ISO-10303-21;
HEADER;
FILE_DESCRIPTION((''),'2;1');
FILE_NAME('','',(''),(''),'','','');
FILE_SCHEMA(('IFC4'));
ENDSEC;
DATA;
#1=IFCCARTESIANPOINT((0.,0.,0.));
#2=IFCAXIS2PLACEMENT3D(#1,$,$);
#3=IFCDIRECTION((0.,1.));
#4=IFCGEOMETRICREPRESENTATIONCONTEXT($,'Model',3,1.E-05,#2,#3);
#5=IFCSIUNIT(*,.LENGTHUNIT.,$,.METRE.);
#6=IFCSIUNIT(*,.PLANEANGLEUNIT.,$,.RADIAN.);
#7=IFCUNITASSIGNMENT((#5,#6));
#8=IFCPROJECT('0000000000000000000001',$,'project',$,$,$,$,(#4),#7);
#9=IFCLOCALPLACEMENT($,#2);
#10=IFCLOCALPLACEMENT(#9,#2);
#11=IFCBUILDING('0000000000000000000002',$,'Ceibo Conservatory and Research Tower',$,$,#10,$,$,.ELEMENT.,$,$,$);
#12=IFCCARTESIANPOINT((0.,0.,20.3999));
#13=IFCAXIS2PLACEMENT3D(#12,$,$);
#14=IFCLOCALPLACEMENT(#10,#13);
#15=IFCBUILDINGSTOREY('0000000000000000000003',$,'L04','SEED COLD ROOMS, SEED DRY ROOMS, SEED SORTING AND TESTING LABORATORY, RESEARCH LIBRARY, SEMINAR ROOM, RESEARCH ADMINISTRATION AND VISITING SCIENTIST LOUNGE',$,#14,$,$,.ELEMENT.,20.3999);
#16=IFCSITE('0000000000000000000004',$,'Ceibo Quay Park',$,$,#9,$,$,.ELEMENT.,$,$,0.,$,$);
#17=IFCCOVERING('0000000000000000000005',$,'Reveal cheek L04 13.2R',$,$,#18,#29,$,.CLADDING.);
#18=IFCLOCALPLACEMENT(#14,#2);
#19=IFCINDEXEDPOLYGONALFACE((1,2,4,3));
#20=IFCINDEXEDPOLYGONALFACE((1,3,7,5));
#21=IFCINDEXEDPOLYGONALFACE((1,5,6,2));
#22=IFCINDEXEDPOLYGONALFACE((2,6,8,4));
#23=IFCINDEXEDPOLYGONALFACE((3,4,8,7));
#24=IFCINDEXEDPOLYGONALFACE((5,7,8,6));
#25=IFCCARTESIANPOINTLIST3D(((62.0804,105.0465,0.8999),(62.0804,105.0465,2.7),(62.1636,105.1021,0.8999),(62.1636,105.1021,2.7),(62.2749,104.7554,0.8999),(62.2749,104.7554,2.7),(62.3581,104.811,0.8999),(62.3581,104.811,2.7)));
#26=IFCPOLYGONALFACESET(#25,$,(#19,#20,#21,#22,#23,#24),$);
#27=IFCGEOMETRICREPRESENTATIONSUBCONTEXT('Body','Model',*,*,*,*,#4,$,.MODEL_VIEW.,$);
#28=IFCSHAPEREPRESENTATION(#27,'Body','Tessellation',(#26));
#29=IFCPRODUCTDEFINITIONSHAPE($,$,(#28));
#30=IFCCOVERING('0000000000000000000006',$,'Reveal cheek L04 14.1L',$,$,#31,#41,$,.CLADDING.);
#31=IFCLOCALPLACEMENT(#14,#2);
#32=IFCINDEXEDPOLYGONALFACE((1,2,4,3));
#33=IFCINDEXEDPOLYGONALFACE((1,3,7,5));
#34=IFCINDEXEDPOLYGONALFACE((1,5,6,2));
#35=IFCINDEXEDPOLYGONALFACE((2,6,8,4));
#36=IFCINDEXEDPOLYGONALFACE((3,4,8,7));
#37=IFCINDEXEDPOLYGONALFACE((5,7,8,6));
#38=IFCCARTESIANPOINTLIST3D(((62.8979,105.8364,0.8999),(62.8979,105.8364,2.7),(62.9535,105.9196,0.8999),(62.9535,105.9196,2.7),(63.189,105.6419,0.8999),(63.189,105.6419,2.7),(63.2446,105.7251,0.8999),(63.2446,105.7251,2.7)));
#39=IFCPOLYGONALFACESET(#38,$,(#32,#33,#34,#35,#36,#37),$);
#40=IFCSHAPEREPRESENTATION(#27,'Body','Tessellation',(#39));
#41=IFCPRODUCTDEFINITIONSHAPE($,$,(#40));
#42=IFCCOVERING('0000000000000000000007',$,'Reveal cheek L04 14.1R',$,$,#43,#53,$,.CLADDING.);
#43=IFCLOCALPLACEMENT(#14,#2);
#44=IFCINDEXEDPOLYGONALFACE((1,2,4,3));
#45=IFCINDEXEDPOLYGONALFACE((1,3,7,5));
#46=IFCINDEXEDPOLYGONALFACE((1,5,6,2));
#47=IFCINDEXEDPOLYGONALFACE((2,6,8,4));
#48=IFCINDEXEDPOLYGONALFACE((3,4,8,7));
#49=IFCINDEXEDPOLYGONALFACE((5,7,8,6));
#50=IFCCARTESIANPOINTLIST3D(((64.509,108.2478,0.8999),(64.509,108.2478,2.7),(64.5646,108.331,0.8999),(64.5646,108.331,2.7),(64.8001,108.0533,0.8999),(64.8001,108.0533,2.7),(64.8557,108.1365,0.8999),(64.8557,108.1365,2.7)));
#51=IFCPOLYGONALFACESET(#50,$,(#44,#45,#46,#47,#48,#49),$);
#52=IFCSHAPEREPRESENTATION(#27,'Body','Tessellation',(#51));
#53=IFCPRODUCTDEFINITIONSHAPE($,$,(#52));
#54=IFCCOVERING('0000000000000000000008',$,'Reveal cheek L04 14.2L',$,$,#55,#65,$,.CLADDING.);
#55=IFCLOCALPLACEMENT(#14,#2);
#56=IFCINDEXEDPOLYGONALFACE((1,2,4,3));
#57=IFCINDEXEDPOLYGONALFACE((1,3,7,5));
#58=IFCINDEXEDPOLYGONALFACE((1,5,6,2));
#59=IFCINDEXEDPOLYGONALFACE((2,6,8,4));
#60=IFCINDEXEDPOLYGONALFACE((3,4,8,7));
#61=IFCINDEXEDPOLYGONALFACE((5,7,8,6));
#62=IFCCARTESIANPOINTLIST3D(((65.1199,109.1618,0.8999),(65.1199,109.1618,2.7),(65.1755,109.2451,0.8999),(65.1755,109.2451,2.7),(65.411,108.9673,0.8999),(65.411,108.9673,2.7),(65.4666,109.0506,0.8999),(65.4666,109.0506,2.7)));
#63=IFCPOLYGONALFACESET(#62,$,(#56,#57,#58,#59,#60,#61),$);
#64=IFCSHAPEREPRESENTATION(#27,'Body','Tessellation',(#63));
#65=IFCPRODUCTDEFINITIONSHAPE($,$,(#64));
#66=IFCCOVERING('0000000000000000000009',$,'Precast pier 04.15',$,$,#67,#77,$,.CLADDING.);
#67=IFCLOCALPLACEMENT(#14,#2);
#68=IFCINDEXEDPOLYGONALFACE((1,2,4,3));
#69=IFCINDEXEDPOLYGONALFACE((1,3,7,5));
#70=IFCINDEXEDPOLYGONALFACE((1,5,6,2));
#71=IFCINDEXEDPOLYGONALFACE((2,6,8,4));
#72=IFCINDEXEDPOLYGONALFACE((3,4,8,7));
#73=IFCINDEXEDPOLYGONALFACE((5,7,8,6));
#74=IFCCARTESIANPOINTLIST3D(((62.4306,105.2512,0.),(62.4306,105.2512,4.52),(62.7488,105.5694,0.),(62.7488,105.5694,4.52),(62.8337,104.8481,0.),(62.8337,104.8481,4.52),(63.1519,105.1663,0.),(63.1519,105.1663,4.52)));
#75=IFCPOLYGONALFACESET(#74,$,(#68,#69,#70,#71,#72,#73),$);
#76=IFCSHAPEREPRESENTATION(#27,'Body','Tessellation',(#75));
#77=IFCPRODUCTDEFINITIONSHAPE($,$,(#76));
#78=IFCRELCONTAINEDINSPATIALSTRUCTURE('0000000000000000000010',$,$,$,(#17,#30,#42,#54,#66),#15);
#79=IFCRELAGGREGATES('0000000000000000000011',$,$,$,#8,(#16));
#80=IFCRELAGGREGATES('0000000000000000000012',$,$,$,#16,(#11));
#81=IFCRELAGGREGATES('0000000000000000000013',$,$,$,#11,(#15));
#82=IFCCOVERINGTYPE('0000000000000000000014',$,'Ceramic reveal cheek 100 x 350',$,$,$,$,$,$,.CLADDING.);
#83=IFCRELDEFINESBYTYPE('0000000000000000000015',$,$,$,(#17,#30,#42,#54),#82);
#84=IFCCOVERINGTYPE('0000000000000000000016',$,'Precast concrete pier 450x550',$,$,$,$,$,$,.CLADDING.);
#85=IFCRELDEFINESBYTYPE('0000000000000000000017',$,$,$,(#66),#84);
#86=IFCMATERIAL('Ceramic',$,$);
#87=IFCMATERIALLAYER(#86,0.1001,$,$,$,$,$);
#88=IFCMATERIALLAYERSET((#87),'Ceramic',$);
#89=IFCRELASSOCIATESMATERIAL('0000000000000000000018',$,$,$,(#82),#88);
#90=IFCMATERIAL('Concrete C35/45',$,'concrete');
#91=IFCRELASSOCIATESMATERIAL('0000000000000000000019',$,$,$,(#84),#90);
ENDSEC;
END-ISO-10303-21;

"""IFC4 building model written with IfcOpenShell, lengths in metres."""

from ifc_helpers import new_model, si_unit, direction, frame, origin, origin_2d, place, context, subcontext, project, spatial, rectangle, extrude, material, layer, layer_set, type_object, element, save


model = new_model("IFC4")

# Units and contexts
model_context = context("Model", 3, precision=1e-05, world=origin(), true_north=direction((0.0, 1.0)))
body_context = subcontext(model_context, "Body", "Model", "MODEL_VIEW")
ifc_project = project(units=[si_unit("LENGTHUNIT", "METRE"), si_unit("PLANEANGLEUNIT", "RADIAN")], contexts=[model_context])

# Site, building, storey
site_placement = place(None, origin())
site = spatial("IfcSite", under=ifc_project, at=site_placement, Name="Ceibo Quay Park", CompositionType="ELEMENT", RefElevation=0.0)
building_placement = place(site_placement, origin())
building = spatial("IfcBuilding", under=site, at=building_placement, Name="Ceibo Conservatory and Research Tower", CompositionType="ELEMENT")
storey_placement = place(building_placement, frame((0.0, 0.0, 20.3999)))
storey = spatial("IfcBuildingStorey", under=building, at=storey_placement, Name="L04", Description="SEED COLD ROOMS, SEED DRY ROOMS, SEED SORTING AND TESTING LABORATORY, RESEARCH LIBRARY, SEMINAR ROOM, RESEARCH ADMINISTRATION AND VISITING SCIENTIST LOUNGE", CompositionType="ELEMENT", Elevation=20.3999)

# Shared definitions
ifc_material_1 = material(Name="Concrete C35/45", Category="concrete")

# Coverings
ifc_material_2 = material(Name="Ceramic")
ifc_layer_1 = layer(ifc_material_2, 0.1001)
ifc_layer_set_1 = layer_set([ifc_layer_1], Name="Ceramic")
covering_type_1 = type_object("IfcCoveringType", Name="Ceramic reveal cheek 100 x 350", PredefinedType="CLADDING", material=ifc_layer_set_1)
for number, where, z_axis, x_axis, name in (
    (1, (62.2192, 104.9287, 0.8999), (0.0, 0.0, 1.0), (0.83147, 0.55557, 0.0), "Reveal cheek L04 13.2R"),
    (2, (63.0713, 105.7808, 0.8999), (0.0, 0.0, 1.0), (0.55557, 0.83147, 0.0), "Reveal cheek L04 14.1L"),
    (3, (64.6824, 108.1921, 0.8999), (0.0, 0.0, 1.0), (0.55557, 0.83147, 0.0), "Reveal cheek L04 14.1R"),
    (4, (65.2932, 109.1062, 0.8999), (0.0, 0.0, 1.0), (0.55557, 0.83147, 0.0), "Reveal cheek L04 14.2L"),
):
    element("IfcCovering", number, at=place(storey_placement, frame(where, z_axis=z_axis, x_axis=x_axis)), inside=storey, type_object=covering_type_1, Name=name, PredefinedType="CLADDING", context=body_context, shape_type="SweptSolid", body=[
        extrude(rectangle(XDim=0.1001, YDim=0.3501, at=origin_2d()), origin(), (0.0, 0.0, 1.0), 1.8),
    ])
covering_type_2 = type_object("IfcCoveringType", Name="Precast concrete pier 450x550", PredefinedType="CLADDING", material=ifc_material_1)
covering_placement = place(storey_placement, frame((62.7913, 105.2087, 0.0), z_axis=(0.0, 0.0, 1.0), x_axis=(0.707107, -0.707107, 0.0)))
element("IfcCovering", 5, at=covering_placement, inside=storey, type_object=covering_type_2, Name="Precast pier 04.15", PredefinedType="CLADDING", context=body_context, shape_type="SweptSolid", body=[
    extrude(rectangle(XDim=0.5701, YDim=0.45, at=origin_2d()), origin(), (0.0, 0.0, 1.0), 4.52),
])

save(model, "model.ifc")
